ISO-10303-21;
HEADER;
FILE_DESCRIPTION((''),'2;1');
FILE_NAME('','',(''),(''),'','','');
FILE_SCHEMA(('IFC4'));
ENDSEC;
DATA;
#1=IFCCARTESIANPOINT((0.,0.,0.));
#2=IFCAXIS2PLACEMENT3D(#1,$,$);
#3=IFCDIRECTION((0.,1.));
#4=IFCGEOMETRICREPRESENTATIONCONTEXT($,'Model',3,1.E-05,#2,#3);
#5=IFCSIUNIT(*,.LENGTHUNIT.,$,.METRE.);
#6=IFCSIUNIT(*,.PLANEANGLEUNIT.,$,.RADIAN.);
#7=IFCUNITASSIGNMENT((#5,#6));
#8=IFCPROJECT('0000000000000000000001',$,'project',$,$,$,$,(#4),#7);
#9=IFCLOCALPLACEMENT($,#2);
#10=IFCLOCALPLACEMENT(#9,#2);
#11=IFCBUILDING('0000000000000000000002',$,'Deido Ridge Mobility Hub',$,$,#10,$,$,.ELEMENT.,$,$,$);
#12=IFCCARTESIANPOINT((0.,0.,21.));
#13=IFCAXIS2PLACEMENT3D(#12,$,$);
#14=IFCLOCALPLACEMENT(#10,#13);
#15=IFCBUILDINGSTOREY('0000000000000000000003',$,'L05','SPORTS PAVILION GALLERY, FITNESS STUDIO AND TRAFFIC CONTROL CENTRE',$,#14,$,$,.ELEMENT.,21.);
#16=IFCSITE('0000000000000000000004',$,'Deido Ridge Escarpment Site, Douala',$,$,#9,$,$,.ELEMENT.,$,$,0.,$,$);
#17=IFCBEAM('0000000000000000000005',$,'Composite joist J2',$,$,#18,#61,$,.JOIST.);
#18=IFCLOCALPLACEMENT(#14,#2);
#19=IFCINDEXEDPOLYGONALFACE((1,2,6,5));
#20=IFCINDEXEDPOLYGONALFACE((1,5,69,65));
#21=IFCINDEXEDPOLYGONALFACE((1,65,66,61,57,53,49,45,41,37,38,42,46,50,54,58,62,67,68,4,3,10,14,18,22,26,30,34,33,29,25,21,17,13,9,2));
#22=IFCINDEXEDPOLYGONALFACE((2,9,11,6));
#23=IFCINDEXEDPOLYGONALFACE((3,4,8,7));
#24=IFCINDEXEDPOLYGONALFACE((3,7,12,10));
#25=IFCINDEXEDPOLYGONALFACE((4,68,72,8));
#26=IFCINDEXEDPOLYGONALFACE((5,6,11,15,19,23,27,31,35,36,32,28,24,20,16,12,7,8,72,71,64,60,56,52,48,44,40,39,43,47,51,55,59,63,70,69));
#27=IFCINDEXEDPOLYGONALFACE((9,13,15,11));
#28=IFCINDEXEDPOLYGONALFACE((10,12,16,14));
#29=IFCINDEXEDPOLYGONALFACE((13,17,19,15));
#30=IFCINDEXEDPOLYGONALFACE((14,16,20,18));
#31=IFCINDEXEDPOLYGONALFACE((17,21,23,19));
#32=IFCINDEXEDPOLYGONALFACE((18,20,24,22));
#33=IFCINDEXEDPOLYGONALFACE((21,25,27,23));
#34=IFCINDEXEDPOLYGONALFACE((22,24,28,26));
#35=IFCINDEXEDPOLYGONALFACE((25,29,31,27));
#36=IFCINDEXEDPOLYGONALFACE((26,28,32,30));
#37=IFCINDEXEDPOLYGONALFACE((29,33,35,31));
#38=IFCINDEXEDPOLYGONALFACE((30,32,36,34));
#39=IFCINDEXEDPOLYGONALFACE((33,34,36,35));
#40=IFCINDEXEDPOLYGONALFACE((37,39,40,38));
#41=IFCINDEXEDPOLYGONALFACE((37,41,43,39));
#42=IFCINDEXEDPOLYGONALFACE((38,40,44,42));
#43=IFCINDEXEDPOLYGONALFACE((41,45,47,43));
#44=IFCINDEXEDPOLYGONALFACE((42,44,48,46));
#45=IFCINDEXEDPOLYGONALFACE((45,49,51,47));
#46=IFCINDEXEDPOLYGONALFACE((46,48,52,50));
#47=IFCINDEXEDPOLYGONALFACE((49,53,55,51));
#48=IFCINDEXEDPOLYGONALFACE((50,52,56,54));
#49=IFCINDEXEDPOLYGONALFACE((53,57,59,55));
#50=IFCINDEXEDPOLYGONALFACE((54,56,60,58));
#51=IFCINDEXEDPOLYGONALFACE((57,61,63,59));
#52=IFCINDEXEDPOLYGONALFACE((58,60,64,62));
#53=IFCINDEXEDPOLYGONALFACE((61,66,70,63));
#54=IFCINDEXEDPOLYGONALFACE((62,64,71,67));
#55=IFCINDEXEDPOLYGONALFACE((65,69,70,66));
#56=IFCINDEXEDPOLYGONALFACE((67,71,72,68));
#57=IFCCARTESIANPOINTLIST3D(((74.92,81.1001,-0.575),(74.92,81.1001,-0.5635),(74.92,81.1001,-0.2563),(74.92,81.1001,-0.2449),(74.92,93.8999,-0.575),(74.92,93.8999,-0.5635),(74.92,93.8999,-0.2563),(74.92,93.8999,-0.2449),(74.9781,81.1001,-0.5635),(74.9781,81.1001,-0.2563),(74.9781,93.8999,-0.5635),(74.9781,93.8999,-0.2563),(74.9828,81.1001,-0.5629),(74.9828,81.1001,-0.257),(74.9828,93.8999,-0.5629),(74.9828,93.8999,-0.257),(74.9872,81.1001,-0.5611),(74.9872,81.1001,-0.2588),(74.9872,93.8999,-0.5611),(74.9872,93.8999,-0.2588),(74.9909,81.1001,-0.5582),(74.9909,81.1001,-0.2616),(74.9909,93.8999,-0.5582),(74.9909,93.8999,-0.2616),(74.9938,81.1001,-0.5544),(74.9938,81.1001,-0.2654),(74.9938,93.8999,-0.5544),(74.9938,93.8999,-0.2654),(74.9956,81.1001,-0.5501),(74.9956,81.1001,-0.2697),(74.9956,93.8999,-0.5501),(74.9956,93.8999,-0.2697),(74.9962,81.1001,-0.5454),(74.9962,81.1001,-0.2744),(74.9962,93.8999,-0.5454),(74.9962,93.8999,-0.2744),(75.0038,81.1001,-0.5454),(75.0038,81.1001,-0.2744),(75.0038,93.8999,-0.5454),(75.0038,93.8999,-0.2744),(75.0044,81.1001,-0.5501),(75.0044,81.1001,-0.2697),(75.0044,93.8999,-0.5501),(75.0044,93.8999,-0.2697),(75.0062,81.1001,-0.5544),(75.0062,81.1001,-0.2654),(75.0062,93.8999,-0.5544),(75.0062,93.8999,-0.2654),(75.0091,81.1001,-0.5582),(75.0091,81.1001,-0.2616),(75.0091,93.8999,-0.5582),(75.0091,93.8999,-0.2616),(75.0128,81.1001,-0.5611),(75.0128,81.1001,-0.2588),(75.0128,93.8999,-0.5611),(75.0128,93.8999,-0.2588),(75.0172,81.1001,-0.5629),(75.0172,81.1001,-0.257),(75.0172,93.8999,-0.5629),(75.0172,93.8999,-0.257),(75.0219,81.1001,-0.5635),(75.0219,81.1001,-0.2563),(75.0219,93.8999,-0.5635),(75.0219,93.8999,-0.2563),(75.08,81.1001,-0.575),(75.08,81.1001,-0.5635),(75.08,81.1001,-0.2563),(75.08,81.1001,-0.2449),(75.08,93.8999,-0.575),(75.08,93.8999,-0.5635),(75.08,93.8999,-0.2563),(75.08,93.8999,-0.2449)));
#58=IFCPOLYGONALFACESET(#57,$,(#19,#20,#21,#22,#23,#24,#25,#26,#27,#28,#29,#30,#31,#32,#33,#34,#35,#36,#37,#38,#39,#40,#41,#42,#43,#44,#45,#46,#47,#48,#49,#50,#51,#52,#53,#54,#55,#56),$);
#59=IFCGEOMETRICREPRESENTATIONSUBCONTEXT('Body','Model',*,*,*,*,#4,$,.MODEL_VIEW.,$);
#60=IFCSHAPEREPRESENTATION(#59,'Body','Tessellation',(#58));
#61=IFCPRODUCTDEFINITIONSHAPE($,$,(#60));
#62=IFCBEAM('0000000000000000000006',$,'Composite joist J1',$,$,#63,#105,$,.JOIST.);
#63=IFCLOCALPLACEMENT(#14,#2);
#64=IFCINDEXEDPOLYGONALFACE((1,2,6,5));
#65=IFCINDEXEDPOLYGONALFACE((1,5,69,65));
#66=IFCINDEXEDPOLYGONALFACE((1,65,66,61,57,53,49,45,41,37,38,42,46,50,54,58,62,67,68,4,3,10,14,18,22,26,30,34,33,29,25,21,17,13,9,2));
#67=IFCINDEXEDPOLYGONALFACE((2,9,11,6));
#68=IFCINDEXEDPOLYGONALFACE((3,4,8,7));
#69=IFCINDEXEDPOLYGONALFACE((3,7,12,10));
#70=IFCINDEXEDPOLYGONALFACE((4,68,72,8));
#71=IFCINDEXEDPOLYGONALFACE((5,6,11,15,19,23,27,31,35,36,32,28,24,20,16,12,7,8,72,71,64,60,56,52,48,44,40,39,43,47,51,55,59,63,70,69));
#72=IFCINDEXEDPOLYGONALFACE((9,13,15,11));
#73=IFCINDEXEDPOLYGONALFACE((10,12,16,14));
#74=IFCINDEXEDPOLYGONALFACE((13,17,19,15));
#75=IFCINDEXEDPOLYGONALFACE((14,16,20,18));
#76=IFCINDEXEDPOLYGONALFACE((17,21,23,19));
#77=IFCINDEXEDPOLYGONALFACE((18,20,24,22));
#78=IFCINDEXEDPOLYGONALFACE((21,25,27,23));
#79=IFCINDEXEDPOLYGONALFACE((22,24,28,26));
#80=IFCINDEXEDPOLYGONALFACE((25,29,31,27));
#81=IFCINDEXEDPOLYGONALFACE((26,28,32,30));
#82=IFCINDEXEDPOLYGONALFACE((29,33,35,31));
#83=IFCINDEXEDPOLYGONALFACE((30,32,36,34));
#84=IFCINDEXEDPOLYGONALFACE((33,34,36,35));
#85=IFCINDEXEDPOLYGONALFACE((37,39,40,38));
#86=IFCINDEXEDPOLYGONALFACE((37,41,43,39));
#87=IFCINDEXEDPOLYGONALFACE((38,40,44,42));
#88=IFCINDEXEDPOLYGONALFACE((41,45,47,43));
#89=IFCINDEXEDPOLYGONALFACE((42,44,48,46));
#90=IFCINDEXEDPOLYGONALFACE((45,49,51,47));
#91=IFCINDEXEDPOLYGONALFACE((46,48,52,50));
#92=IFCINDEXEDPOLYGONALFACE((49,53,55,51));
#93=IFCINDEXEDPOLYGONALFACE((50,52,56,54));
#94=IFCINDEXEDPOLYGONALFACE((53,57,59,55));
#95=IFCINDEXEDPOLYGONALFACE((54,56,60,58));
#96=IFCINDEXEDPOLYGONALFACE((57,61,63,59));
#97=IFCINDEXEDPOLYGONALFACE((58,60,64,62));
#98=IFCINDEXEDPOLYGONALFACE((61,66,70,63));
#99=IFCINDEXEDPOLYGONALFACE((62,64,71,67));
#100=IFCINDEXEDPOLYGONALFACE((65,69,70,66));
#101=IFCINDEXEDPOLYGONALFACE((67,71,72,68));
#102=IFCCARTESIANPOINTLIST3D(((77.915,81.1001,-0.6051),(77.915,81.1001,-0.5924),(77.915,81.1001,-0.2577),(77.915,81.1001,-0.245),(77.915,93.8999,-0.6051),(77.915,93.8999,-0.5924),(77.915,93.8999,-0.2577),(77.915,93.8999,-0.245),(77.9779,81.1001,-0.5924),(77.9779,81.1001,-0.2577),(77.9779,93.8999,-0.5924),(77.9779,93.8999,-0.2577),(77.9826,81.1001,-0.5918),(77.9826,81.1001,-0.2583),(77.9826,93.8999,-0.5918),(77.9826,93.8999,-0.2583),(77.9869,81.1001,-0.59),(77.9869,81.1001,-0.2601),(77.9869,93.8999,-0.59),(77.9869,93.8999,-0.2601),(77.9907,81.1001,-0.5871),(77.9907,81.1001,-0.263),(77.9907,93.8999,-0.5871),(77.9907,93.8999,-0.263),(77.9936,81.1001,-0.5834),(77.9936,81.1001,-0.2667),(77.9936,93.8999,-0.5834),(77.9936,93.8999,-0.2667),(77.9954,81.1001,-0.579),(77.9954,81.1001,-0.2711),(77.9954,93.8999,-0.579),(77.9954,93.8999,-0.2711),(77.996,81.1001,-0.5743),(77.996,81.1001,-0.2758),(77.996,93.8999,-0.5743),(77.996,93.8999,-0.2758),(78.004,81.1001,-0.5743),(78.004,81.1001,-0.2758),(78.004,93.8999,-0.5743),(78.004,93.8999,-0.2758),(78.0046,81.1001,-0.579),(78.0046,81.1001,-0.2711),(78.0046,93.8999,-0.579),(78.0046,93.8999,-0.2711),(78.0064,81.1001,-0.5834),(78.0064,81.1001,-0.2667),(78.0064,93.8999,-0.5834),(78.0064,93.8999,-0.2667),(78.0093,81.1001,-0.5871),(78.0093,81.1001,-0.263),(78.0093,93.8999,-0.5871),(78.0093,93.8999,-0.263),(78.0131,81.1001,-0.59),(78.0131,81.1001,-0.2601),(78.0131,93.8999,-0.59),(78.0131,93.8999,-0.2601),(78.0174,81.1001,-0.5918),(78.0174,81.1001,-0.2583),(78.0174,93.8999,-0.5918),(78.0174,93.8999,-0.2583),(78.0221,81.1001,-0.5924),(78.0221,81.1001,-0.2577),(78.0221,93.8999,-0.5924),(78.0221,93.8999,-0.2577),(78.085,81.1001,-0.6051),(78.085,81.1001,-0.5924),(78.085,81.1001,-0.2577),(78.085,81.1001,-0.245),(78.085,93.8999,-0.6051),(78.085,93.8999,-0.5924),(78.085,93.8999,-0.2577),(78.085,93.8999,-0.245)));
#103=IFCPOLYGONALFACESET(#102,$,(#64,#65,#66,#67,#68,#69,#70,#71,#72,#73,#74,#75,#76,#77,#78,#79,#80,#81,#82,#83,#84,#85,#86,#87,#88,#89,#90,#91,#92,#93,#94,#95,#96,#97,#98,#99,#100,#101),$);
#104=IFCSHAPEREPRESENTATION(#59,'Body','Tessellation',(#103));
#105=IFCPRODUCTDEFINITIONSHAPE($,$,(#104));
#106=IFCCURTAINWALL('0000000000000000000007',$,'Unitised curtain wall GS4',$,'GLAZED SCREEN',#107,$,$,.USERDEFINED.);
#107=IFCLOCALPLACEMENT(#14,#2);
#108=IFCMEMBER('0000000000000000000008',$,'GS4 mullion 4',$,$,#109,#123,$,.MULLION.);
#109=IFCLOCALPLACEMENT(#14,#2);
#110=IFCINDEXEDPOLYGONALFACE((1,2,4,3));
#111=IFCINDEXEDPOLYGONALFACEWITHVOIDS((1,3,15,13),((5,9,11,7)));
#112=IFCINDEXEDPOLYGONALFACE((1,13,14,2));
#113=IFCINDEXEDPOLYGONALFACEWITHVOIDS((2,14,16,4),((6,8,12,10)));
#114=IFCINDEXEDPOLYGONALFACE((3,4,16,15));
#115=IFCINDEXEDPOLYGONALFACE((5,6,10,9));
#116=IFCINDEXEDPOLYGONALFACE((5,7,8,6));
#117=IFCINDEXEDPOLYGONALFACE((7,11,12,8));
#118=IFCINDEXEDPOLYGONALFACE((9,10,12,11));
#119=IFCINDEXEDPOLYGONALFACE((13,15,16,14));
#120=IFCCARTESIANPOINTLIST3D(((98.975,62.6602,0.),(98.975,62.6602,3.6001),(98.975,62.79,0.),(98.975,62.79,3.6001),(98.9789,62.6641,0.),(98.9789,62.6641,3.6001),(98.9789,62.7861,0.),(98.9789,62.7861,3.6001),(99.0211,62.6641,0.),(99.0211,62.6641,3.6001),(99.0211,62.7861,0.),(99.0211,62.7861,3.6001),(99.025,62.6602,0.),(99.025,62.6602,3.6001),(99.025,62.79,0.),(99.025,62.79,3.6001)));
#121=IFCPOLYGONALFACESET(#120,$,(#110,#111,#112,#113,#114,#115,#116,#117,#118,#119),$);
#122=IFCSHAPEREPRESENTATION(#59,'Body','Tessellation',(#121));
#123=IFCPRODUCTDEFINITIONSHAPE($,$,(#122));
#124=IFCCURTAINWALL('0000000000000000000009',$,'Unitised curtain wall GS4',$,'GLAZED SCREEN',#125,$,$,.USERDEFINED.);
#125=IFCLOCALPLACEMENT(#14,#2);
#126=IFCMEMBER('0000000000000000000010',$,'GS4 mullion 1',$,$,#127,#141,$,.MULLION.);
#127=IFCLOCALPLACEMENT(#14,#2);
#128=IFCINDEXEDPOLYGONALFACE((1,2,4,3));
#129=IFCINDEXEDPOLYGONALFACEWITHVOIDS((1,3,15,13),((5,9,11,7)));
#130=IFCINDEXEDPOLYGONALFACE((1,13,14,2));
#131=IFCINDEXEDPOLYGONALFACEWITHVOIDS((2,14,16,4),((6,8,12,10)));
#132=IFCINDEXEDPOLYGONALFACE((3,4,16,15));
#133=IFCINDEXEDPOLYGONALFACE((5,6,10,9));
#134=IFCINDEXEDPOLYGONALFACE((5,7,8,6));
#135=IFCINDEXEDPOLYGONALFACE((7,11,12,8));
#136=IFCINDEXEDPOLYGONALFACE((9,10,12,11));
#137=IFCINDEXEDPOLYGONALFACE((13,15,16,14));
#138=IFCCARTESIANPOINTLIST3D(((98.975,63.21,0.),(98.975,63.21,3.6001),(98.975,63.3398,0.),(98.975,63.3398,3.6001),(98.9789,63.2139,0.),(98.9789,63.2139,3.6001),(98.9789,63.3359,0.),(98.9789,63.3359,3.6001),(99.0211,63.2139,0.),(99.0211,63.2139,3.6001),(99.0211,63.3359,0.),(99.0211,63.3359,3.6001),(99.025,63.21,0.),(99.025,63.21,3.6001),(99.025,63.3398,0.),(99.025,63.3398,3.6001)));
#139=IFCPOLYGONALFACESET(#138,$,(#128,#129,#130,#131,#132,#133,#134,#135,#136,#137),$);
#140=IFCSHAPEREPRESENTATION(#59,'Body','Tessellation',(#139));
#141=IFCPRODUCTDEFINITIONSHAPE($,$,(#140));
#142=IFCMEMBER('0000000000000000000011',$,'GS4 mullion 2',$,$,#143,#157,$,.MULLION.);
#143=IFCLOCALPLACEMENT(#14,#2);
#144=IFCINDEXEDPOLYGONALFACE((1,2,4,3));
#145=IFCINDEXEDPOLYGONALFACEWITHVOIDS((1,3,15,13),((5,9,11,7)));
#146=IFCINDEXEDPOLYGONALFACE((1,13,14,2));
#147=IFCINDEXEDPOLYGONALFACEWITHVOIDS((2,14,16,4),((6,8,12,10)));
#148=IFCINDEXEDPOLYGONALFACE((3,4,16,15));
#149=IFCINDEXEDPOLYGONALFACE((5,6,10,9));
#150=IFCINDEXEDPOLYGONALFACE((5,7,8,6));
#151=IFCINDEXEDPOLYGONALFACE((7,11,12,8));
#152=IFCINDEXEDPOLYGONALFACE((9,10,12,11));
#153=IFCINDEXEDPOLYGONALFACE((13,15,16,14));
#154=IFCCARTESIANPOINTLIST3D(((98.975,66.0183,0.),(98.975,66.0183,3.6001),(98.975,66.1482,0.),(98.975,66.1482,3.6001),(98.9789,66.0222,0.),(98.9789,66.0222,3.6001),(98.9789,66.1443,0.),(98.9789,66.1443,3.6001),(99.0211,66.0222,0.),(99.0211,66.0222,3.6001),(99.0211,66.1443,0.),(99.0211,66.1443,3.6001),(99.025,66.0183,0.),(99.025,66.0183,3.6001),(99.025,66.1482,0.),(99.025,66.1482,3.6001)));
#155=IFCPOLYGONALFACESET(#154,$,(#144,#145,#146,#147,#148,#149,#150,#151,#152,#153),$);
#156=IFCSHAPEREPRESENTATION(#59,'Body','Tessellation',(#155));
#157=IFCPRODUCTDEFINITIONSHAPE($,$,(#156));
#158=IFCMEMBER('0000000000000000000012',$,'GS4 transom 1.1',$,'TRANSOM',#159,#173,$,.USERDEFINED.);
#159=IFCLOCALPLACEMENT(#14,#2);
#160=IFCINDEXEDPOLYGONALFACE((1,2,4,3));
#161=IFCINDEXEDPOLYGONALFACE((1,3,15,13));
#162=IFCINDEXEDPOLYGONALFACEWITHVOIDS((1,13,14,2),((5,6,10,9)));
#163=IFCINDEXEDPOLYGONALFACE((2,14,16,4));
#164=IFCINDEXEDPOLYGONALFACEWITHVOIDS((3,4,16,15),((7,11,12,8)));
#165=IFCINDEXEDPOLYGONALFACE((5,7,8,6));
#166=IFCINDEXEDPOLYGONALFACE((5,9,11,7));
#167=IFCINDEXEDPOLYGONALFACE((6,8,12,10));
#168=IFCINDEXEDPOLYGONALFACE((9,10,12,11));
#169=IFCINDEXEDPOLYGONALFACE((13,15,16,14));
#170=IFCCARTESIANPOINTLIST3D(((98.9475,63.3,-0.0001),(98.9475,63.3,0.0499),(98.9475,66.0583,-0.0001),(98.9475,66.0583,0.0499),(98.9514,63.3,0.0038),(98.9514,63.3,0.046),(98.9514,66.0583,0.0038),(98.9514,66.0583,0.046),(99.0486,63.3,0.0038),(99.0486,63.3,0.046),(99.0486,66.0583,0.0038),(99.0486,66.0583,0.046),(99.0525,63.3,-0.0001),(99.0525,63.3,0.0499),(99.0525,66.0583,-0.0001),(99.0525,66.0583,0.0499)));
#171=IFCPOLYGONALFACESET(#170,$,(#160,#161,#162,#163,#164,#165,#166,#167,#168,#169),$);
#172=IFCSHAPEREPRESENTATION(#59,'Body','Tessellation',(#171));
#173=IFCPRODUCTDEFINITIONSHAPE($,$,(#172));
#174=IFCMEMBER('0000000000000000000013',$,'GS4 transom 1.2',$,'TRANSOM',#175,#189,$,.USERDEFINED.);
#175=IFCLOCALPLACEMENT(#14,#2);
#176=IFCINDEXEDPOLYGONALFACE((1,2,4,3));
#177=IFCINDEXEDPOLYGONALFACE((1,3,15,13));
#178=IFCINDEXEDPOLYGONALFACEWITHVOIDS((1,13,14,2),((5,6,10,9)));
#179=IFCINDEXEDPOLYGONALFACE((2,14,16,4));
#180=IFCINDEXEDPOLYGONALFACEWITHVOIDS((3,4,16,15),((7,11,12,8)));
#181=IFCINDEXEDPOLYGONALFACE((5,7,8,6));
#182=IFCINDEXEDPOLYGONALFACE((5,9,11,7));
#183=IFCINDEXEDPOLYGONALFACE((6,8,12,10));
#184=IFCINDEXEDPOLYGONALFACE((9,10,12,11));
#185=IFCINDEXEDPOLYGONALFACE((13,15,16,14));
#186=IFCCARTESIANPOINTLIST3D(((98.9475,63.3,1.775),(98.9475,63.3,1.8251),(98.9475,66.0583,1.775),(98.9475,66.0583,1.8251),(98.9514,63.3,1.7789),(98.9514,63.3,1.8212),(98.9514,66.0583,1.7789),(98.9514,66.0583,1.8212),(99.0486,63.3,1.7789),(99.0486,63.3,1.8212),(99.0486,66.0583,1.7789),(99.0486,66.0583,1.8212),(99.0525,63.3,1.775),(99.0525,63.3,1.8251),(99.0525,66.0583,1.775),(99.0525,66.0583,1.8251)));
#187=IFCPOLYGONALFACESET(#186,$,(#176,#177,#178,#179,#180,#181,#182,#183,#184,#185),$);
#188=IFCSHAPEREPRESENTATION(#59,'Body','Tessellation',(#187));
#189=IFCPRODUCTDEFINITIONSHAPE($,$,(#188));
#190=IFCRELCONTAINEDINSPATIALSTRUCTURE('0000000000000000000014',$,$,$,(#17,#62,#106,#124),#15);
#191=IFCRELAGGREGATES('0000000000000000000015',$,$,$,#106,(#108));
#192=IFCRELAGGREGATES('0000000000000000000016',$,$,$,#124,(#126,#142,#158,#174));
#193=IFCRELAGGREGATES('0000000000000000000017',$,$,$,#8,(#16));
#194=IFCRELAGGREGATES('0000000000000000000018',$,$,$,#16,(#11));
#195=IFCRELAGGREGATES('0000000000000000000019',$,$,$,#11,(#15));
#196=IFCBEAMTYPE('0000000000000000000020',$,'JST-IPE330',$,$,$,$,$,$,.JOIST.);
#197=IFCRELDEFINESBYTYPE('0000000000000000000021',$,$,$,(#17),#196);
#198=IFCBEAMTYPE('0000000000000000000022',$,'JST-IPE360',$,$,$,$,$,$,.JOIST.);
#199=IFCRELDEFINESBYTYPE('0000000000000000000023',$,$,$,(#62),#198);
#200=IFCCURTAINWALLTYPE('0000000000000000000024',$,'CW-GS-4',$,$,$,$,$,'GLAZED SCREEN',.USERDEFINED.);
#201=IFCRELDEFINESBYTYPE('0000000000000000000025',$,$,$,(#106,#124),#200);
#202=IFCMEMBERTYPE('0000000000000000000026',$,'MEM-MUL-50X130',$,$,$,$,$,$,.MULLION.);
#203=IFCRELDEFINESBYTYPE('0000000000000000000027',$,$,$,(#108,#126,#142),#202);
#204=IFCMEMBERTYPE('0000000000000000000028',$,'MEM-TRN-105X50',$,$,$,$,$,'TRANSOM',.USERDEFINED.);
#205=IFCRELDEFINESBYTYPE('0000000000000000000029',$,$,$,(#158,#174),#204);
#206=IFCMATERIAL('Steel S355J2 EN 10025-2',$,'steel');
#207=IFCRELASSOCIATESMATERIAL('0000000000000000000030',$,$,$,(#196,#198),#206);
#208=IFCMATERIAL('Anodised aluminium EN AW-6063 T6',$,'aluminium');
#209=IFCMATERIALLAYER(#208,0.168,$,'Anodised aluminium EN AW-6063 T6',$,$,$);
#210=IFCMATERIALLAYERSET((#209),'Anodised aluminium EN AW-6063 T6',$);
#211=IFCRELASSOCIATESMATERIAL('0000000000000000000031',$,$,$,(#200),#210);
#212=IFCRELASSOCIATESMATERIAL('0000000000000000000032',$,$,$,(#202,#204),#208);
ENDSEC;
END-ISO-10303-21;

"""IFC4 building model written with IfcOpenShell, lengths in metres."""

from ifc_helpers import new_model, si_unit, direction, frame, origin, origin_2d, place, context, subcontext, project, spatial, hollow_rectangle, i_section, extrude, material, layer, layer_set, material_profile, profile_set, type_object, element, aggregate, save


model = new_model("IFC4")

# Units and contexts
model_context = context("Model", 3, precision=1e-05, world=origin(), true_north=direction((0.0, 1.0)))
body_context = subcontext(model_context, "Body", "Model", "MODEL_VIEW")
ifc_project = project(units=[si_unit("LENGTHUNIT", "METRE"), si_unit("PLANEANGLEUNIT", "RADIAN")], contexts=[model_context])

# Site, building, storey
site_placement = place(None, origin())
site = spatial("IfcSite", under=ifc_project, at=site_placement, Name="Deido Ridge Escarpment Site, Douala", CompositionType="ELEMENT", RefElevation=0.0)
building_placement = place(site_placement, origin())
building = spatial("IfcBuilding", under=site, at=building_placement, Name="Deido Ridge Mobility Hub", CompositionType="ELEMENT")
storey_placement = place(building_placement, frame((0.0, 0.0, 21.0)))
storey = spatial("IfcBuildingStorey", under=building, at=storey_placement, Name="L05", Description="SPORTS PAVILION GALLERY, FITNESS STUDIO AND TRAFFIC CONTROL CENTRE", CompositionType="ELEMENT", Elevation=21.0)

# Shared definitions
ifc_material_1 = material(Name="Steel S355J2 EN 10025-2", Category="steel")

# Beams
ifc_material_profile_1 = material_profile(ifc_material_1, i_section(OverallWidth=0.1599, OverallDepth=0.3301, WebThickness=0.0076, FlangeThickness=0.0115, FilletRadius=0.0181, at=origin_2d()), Name="IPE 330")
ifc_profile_set_1 = profile_set([ifc_material_profile_1], Name="Steel S355J2 EN 10025-2")
beam_type_1 = type_object("IfcBeamType", Name="JST-IPE330", PredefinedType="JOIST", material=ifc_profile_set_1)
beam_1_placement = place(storey_placement, frame((75.0, 81.1001, -0.4099), z_axis=(0.0, 1.0, 0.0), x_axis=(-1.0, 0.0, 0.0)))
element("IfcBeam", 1, at=beam_1_placement, inside=storey, type_object=beam_type_1, Name="Composite joist J2", PredefinedType="JOIST", context=body_context, shape_type="SweptSolid", body=[
    extrude(i_section(OverallWidth=0.1599, OverallDepth=0.3301, WebThickness=0.0076, FlangeThickness=0.0115, FilletRadius=0.0181, at=origin_2d()), origin(), (0.0, 0.0, 1.0), 12.7998),
])
ifc_material_profile_2 = material_profile(ifc_material_1, i_section(OverallWidth=0.1699, OverallDepth=0.3601, WebThickness=0.0081, FlangeThickness=0.0127, FilletRadius=0.0181, at=origin_2d()), Name="IPE 360")
ifc_profile_set_2 = profile_set([ifc_material_profile_2], Name="Steel S355J2 EN 10025-2")
beam_type_2 = type_object("IfcBeamType", Name="JST-IPE360", PredefinedType="JOIST", material=ifc_profile_set_2)
beam_2_placement = place(storey_placement, frame((78.0, 81.1001, -0.425), z_axis=(0.0, 1.0, 0.0), x_axis=(-1.0, 0.0, 0.0)))
element("IfcBeam", 2, at=beam_2_placement, inside=storey, type_object=beam_type_2, Name="Composite joist J1", PredefinedType="JOIST", context=body_context, shape_type="SweptSolid", body=[
    extrude(i_section(OverallWidth=0.1699, OverallDepth=0.3601, WebThickness=0.0081, FlangeThickness=0.0127, FilletRadius=0.0181, at=origin_2d()), origin(), (0.0, 0.0, 1.0), 12.7998),
])

# Curtain wall, member
ifc_material_2 = material(Name="Anodised aluminium EN AW-6063 T6", Category="aluminium")
ifc_layer_1 = layer(ifc_material_2, 0.168, Name="Anodised aluminium EN AW-6063 T6")
ifc_layer_set_1 = layer_set([ifc_layer_1], Name="Anodised aluminium EN AW-6063 T6")
curtain_wall_type = type_object("IfcCurtainWallType", Name="CW-GS-4", ElementType="GLAZED SCREEN", PredefinedType="USERDEFINED", material=ifc_layer_set_1)
curtain_wall_1_placement = place(storey_placement, origin())
curtain_wall_1 = element("IfcCurtainWall", 3, at=curtain_wall_1_placement, inside=storey, type_object=curtain_wall_type, Name="Unitised curtain wall GS4", ObjectType="GLAZED SCREEN", PredefinedType="USERDEFINED")
ifc_material_profile_3 = material_profile(ifc_material_2, hollow_rectangle(XDim=0.05, YDim=0.1299, WallThickness=0.0039, at=origin_2d()), Name="RHS 50x130x4")
ifc_profile_set_3 = profile_set([ifc_material_profile_3], Name="Anodised aluminium EN AW-6063 T6")
member_type_1 = type_object("IfcMemberType", Name="MEM-MUL-50X130", PredefinedType="MULLION", material=ifc_profile_set_3)
member_1_placement = place(storey_placement, frame((99.0, 62.7251, 0.0), z_axis=(0.0, 0.0, 1.0), x_axis=(-1.0, 0.0, 0.0)))
member_1 = element("IfcMember", 4, at=member_1_placement, type_object=member_type_1, Name="GS4 mullion 4", PredefinedType="MULLION", context=body_context, shape_type="SweptSolid", body=[
    extrude(hollow_rectangle(XDim=0.05, YDim=0.1299, WallThickness=0.0039, at=origin_2d()), origin(), (0.0, 0.0, 1.0), 3.6001),
])
aggregate(curtain_wall_1, [member_1])

# Curtain wall, members
curtain_wall_2_placement = place(storey_placement, origin())
curtain_wall_2 = element("IfcCurtainWall", 5, at=curtain_wall_2_placement, inside=storey, type_object=curtain_wall_type, Name="Unitised curtain wall GS4", ObjectType="GLAZED SCREEN", PredefinedType="USERDEFINED")
member_2_placement = place(storey_placement, frame((99.0, 63.2749, 0.0), z_axis=(0.0, 0.0, 1.0), x_axis=(-1.0, 0.0, 0.0)))
member_2 = element("IfcMember", 6, at=member_2_placement, type_object=member_type_1, Name="GS4 mullion 1", PredefinedType="MULLION", context=body_context, shape_type="SweptSolid", body=[
    extrude(hollow_rectangle(XDim=0.05, YDim=0.1299, WallThickness=0.0039, at=origin_2d()), origin(), (0.0, 0.0, 1.0), 3.6001),
])
member_3_placement = place(storey_placement, frame((99.0, 66.0833, 0.0), z_axis=(0.0, 0.0, 1.0), x_axis=(-1.0, 0.0, 0.0)))
member_3 = element("IfcMember", 7, at=member_3_placement, type_object=member_type_1, Name="GS4 mullion 2", PredefinedType="MULLION", context=body_context, shape_type="SweptSolid", body=[
    extrude(hollow_rectangle(XDim=0.05, YDim=0.1299, WallThickness=0.0039, at=origin_2d()), origin(), (0.0, 0.0, 1.0), 3.6001),
])
ifc_material_profile_4 = material_profile(ifc_material_2, hollow_rectangle(XDim=0.105, YDim=0.05, WallThickness=0.0039, at=origin_2d()), Name="RHS 105x50x4")
ifc_profile_set_4 = profile_set([ifc_material_profile_4], Name="Anodised aluminium EN AW-6063 T6")
member_type_2 = type_object("IfcMemberType", Name="MEM-TRN-105X50", ElementType="TRANSOM", PredefinedType="USERDEFINED", material=ifc_profile_set_4)
member_4_placement = place(storey_placement, frame((99.0, 63.3, 0.0249), z_axis=(0.0, 1.0, 0.0), x_axis=(-1.0, 0.0, 0.0)))
member_4 = element("IfcMember", 8, at=member_4_placement, type_object=member_type_2, Name="GS4 transom 1.1", ObjectType="TRANSOM", PredefinedType="USERDEFINED", context=body_context, shape_type="SweptSolid", body=[
    extrude(hollow_rectangle(XDim=0.105, YDim=0.05, WallThickness=0.0039, at=origin_2d()), origin(), (0.0, 0.0, 1.0), 2.7583),
])
member_5_placement = place(storey_placement, frame((99.0, 63.3, 1.8), z_axis=(0.0, 1.0, 0.0), x_axis=(-1.0, 0.0, 0.0)))
member_5 = element("IfcMember", 9, at=member_5_placement, type_object=member_type_2, Name="GS4 transom 1.2", ObjectType="TRANSOM", PredefinedType="USERDEFINED", context=body_context, shape_type="SweptSolid", body=[
    extrude(hollow_rectangle(XDim=0.105, YDim=0.05, WallThickness=0.0039, at=origin_2d()), origin(), (0.0, 0.0, 1.0), 2.7583),
])

aggregate(curtain_wall_2, [member_2, member_3, member_4, member_5])

save(model, "model.ifc")
